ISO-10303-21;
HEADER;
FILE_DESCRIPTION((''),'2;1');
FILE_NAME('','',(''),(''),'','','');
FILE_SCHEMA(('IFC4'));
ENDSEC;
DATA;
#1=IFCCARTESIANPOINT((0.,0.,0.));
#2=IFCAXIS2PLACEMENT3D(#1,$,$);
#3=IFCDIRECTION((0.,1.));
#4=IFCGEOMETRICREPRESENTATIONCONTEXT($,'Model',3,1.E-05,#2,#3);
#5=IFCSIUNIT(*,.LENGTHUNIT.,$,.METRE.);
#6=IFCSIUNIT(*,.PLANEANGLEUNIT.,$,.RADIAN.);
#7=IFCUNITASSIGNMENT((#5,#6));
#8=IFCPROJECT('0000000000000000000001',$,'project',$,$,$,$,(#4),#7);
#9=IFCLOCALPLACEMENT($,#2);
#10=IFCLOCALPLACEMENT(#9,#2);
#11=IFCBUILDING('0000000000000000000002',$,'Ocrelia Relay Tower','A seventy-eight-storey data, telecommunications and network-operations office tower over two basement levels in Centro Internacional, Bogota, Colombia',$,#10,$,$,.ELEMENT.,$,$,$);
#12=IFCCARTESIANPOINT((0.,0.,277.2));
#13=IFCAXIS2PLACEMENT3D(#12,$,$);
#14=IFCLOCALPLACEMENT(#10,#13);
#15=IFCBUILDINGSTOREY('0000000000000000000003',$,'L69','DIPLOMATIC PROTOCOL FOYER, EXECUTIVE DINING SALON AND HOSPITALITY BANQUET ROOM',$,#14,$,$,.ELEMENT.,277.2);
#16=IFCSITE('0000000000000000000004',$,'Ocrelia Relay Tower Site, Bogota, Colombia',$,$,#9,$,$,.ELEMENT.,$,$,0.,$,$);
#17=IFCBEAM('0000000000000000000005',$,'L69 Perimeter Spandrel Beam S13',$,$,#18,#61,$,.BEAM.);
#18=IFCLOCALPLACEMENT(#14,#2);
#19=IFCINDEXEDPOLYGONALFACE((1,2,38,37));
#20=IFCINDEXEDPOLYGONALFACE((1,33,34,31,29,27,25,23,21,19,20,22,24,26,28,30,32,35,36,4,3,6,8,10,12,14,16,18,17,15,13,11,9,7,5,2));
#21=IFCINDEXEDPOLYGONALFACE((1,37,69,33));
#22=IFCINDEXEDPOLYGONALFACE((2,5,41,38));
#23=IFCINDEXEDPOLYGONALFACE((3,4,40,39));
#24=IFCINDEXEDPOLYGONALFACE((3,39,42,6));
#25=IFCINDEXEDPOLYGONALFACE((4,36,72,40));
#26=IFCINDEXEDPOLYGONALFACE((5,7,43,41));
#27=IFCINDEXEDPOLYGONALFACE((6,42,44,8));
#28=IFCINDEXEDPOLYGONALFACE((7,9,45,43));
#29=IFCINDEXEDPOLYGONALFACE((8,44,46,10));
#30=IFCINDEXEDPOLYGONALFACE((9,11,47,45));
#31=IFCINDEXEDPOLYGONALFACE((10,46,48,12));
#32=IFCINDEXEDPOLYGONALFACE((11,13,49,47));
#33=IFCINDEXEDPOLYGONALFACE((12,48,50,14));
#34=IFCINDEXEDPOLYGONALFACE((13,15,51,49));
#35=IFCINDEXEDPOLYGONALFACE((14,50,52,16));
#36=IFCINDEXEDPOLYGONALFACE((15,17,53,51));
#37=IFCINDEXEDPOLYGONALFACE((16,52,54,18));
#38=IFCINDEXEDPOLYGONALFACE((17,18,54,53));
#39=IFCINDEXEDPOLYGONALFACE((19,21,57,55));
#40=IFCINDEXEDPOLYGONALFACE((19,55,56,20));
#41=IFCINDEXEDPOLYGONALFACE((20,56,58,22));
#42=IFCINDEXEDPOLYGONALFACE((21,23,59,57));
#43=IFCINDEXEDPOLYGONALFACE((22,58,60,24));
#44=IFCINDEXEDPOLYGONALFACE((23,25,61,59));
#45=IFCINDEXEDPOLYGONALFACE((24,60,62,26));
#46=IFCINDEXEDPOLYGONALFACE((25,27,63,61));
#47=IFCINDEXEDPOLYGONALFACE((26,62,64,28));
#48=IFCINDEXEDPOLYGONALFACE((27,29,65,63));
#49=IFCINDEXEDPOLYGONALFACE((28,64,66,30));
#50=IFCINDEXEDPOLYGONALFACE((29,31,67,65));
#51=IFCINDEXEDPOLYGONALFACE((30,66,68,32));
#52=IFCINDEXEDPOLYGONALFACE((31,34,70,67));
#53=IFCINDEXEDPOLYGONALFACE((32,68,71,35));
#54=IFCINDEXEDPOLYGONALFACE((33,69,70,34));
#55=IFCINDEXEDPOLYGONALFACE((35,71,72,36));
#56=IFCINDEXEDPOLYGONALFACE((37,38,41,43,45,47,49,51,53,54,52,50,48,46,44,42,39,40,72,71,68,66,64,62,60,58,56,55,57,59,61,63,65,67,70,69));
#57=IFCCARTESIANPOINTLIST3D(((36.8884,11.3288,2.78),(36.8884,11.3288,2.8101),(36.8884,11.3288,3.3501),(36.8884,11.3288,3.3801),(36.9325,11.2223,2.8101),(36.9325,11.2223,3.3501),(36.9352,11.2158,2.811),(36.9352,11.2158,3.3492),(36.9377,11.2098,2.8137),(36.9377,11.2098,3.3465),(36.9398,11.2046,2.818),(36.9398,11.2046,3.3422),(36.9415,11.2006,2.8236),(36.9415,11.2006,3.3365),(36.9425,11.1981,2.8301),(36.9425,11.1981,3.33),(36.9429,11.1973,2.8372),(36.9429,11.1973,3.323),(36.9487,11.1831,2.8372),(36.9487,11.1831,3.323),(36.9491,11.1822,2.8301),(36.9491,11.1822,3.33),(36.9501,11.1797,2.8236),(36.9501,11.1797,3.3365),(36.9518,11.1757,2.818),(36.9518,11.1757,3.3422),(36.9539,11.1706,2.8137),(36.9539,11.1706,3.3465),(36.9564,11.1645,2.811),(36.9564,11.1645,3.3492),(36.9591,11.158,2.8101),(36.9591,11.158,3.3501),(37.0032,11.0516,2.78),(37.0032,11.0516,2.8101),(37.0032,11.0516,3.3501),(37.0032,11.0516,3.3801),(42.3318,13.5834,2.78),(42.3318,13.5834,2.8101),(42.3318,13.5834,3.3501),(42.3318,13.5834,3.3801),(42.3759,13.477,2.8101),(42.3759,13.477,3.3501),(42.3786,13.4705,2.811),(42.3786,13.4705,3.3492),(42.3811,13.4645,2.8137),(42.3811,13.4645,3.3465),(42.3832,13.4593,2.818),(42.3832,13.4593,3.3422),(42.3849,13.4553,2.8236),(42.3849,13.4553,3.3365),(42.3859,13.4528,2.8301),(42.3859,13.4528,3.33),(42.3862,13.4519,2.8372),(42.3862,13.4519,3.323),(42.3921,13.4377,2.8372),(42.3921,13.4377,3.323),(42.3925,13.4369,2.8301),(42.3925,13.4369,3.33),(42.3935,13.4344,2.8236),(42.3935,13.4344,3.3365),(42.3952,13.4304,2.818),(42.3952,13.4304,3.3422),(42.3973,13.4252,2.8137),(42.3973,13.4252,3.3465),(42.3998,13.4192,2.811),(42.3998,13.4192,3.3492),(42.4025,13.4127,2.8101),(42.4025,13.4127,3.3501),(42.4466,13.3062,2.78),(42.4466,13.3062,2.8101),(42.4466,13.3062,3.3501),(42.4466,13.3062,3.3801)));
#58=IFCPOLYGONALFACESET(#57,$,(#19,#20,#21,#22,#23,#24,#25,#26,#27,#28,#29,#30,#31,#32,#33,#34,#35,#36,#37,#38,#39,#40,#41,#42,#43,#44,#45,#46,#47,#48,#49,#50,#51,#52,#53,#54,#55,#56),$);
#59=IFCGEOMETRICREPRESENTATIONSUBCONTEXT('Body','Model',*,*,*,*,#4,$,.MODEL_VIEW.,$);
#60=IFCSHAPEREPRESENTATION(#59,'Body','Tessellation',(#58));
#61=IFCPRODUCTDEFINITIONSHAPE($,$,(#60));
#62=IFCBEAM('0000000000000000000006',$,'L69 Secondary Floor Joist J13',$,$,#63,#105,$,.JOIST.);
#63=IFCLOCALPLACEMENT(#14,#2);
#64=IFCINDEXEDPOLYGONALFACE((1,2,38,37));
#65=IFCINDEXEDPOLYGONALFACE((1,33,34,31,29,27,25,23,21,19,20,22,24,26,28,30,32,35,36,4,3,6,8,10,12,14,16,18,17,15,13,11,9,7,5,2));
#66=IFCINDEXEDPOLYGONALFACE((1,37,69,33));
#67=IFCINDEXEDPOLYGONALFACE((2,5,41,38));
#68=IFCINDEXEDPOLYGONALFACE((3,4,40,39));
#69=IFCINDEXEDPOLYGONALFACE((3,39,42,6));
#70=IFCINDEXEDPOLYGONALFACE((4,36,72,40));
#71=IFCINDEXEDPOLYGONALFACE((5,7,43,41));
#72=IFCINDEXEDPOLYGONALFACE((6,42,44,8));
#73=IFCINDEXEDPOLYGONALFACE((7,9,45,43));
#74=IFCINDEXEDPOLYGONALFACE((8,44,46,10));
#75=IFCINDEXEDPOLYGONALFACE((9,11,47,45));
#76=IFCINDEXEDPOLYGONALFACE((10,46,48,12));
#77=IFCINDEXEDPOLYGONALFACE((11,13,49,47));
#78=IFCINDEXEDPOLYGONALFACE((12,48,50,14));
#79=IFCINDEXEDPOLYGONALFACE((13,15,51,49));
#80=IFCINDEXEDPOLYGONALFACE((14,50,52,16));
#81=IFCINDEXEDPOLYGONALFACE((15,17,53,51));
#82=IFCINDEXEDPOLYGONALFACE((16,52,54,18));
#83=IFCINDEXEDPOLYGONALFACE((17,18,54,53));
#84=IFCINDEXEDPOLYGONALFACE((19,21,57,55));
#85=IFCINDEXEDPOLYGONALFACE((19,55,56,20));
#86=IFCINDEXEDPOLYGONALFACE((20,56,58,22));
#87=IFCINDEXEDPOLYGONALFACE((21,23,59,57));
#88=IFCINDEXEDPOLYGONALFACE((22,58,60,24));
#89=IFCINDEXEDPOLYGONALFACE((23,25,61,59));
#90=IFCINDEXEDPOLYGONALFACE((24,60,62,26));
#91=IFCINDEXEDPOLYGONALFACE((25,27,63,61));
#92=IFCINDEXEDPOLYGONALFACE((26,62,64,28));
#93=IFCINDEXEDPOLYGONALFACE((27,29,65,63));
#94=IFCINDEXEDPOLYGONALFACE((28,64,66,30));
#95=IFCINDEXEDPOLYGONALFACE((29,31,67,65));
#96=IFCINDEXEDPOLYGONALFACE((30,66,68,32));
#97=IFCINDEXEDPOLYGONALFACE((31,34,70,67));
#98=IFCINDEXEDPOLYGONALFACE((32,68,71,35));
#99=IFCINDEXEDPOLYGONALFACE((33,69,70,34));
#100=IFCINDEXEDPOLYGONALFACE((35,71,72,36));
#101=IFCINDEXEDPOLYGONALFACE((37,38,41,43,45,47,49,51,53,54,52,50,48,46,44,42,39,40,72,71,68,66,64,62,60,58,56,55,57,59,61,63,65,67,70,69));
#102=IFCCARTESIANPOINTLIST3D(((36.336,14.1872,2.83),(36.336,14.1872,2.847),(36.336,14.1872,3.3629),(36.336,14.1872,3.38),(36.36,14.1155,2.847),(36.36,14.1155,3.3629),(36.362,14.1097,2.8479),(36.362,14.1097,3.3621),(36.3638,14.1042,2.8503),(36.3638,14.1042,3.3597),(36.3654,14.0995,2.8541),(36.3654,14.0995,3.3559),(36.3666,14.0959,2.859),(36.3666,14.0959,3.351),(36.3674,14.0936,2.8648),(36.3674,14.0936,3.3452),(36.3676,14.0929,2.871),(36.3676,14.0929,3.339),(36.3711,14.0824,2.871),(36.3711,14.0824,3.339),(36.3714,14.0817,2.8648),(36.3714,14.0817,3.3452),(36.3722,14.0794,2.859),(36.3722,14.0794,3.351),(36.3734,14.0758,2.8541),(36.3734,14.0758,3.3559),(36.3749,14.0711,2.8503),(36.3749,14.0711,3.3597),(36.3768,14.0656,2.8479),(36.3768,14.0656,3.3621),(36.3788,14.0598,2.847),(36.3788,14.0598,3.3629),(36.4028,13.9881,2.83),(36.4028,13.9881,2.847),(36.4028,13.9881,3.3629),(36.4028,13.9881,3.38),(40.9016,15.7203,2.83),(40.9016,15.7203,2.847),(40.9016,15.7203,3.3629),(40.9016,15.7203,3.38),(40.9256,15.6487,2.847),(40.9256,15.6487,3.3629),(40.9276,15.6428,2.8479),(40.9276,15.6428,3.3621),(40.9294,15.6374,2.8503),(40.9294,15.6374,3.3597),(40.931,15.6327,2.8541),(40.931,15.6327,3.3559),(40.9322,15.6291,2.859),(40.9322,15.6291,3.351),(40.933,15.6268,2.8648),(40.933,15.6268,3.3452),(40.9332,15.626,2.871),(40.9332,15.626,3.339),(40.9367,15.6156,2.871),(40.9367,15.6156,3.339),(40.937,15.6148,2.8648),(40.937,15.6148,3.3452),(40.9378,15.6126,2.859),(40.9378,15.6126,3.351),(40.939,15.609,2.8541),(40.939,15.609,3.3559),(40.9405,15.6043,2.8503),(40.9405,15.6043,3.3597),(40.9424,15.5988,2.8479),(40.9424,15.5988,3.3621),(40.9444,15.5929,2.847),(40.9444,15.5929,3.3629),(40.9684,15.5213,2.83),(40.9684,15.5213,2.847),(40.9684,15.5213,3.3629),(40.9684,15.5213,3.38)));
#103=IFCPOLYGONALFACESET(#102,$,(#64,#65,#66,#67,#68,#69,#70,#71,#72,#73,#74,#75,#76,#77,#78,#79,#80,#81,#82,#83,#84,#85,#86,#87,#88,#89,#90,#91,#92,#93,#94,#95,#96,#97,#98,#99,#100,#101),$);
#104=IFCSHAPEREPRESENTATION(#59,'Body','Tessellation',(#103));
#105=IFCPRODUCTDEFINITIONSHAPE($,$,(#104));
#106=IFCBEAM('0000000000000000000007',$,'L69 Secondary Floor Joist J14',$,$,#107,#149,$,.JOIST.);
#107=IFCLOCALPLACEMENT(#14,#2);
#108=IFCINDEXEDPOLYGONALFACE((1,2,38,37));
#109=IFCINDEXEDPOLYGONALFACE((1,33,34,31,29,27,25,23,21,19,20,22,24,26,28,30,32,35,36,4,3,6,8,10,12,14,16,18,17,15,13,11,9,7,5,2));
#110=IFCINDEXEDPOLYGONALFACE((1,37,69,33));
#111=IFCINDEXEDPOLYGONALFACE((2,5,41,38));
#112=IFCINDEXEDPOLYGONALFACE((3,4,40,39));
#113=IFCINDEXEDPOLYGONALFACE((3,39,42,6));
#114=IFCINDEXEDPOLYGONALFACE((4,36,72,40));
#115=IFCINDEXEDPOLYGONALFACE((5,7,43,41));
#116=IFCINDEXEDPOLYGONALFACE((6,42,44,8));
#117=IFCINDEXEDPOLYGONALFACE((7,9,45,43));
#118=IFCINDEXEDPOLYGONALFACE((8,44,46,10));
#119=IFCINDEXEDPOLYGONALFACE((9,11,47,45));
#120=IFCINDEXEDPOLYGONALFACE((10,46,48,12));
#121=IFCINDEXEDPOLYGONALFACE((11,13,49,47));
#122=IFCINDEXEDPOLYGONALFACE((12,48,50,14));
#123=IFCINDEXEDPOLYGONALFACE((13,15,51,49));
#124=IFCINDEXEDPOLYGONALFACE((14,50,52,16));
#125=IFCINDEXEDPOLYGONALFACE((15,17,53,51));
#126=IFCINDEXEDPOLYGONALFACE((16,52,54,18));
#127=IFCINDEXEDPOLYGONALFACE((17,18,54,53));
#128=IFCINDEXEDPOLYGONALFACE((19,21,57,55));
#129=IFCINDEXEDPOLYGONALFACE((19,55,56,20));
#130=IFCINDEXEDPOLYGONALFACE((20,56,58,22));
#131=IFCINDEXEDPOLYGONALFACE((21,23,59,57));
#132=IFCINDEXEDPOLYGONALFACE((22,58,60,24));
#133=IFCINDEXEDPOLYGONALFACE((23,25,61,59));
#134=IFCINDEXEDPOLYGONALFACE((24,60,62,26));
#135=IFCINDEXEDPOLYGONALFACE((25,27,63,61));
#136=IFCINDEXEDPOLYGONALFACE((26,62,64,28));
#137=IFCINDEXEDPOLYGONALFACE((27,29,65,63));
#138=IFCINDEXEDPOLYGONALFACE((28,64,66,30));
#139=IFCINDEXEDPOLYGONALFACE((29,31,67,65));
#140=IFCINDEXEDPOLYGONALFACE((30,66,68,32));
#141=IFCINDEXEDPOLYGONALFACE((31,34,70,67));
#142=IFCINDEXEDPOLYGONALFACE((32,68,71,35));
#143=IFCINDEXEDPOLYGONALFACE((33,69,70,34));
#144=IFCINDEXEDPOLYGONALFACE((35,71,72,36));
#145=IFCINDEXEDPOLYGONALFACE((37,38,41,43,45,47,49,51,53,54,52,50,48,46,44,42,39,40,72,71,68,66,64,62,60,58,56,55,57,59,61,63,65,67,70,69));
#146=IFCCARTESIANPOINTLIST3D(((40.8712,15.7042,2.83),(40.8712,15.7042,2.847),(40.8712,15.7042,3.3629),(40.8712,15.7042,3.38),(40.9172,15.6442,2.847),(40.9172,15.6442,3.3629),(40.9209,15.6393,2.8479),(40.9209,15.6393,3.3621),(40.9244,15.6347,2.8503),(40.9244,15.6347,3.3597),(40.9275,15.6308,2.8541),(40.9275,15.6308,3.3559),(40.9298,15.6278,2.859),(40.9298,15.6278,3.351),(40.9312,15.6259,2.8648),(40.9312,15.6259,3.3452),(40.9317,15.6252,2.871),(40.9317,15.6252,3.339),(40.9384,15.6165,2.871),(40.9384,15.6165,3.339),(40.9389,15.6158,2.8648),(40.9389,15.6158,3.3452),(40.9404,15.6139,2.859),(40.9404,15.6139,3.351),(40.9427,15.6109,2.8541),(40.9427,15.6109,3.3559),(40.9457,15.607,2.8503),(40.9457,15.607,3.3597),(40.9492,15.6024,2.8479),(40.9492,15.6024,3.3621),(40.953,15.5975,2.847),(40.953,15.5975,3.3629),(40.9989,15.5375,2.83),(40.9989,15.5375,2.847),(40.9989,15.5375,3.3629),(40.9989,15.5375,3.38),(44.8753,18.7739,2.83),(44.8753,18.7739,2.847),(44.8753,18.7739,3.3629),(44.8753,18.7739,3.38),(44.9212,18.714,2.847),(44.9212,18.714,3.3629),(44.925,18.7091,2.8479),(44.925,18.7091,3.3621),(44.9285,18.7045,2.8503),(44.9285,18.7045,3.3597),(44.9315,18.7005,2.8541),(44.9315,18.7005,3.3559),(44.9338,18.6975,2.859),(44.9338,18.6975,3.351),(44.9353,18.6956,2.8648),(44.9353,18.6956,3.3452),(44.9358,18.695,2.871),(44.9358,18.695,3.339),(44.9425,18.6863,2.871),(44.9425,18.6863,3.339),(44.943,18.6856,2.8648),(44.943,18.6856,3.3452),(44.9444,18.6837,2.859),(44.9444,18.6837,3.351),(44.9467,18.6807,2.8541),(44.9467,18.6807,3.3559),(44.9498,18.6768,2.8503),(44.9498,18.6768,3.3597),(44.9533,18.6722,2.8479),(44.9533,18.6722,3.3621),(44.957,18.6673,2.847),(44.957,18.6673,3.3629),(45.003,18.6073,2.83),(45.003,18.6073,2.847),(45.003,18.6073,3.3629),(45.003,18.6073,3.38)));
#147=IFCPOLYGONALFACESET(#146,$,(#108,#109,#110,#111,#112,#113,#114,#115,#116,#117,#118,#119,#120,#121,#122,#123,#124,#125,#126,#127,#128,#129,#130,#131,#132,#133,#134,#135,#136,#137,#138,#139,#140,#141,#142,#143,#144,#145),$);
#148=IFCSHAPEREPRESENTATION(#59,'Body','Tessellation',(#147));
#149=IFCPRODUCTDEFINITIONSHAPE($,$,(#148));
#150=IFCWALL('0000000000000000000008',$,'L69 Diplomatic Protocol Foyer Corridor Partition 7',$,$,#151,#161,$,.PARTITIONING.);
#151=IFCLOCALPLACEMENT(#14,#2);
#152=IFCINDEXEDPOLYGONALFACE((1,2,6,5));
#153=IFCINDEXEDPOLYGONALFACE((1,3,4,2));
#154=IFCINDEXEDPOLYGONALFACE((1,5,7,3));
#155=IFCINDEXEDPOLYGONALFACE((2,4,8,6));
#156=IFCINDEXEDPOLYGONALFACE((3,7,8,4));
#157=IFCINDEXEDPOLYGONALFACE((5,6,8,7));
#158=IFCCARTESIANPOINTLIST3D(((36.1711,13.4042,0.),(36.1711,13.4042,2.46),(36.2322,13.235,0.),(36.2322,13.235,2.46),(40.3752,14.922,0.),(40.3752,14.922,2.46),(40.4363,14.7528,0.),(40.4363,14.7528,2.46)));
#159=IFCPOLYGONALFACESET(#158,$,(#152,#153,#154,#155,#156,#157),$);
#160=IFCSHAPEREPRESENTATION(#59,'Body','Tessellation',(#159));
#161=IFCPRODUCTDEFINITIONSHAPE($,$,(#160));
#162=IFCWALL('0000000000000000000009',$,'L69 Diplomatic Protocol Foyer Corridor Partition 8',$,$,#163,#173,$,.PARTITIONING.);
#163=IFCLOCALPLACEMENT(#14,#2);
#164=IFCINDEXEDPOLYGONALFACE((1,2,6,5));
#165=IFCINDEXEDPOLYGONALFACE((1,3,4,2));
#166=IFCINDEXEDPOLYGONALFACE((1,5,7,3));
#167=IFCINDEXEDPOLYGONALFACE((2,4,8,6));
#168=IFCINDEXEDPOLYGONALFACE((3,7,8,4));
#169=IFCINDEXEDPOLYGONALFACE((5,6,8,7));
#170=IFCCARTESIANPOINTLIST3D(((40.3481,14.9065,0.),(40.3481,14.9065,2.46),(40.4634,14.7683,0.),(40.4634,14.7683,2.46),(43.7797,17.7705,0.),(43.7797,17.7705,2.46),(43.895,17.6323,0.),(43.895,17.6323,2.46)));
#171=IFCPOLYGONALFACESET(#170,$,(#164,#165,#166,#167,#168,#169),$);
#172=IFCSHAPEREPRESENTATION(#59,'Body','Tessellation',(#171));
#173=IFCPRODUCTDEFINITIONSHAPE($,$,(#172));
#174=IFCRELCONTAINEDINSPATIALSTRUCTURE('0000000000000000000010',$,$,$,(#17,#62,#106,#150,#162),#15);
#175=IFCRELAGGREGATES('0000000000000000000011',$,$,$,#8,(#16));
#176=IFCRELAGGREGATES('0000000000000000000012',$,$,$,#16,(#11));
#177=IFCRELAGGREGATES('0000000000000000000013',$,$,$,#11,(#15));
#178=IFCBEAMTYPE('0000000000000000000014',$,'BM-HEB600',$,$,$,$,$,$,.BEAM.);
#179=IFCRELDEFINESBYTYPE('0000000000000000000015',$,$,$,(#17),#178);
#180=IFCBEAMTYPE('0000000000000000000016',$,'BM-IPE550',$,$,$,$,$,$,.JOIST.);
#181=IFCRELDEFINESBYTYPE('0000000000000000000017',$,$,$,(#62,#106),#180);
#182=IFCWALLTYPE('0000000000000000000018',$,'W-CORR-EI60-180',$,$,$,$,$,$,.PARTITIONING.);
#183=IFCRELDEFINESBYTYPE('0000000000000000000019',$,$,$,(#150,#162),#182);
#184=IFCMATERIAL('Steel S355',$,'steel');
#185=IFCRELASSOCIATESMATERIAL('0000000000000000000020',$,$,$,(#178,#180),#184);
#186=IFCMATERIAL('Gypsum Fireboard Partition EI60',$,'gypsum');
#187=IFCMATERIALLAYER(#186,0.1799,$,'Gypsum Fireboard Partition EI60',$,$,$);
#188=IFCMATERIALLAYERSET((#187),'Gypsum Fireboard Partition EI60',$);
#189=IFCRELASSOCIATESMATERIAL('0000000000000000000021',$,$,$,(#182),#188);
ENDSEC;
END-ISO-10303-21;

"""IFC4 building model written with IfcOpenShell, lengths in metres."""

from ifc_helpers import new_model, si_unit, direction, frame, frame_2d, origin, origin_2d, place, context, subcontext, project, spatial, rectangle, i_section, extrude, material, layer, layer_set, material_profile, profile_set, type_object, element, save


model = new_model("IFC4")

# Units and contexts
model_context = context("Model", 3, precision=1e-05, world=origin(), true_north=direction((0.0, 1.0)))
body_context = subcontext(model_context, "Body", "Model", "MODEL_VIEW")
ifc_project = project(units=[si_unit("LENGTHUNIT", "METRE"), si_unit("PLANEANGLEUNIT", "RADIAN")], contexts=[model_context])

# Site, building, storey
site_placement = place(None, origin())
site = spatial("IfcSite", under=ifc_project, at=site_placement, Name="Ocrelia Relay Tower Site, Bogota, Colombia", CompositionType="ELEMENT", RefElevation=0.0)
building_placement = place(site_placement, origin())
building = spatial("IfcBuilding", under=site, at=building_placement, Name="Ocrelia Relay Tower", Description="A seventy-eight-storey data, telecommunications and network-operations office tower over two basement levels in Centro Internacional, Bogota, Colombia", CompositionType="ELEMENT")
storey_placement = place(building_placement, frame((0.0, 0.0, 277.2)))
storey = spatial("IfcBuildingStorey", under=building, at=storey_placement, Name="L69", Description="DIPLOMATIC PROTOCOL FOYER, EXECUTIVE DINING SALON AND HOSPITALITY BANQUET ROOM", CompositionType="ELEMENT", Elevation=277.2)

# Beams
ifc_material_1 = material(Name="Steel S355", Category="steel")
ifc_material_profile_1 = material_profile(ifc_material_1, i_section(OverallWidth=0.3, OverallDepth=0.6001, WebThickness=0.0154, FlangeThickness=0.03, FilletRadius=0.0271, at=origin_2d()), Name="HEB 600")
ifc_profile_set_1 = profile_set([ifc_material_profile_1], Name="Steel S355")
beam_type_1 = type_object("IfcBeamType", Name="BM-HEB600", PredefinedType="BEAM", material=ifc_profile_set_1)
beam_1_placement = place(storey_placement, frame((36.9458, 11.1902, 3.0801), z_axis=(0.923884, 0.382673, 0.0), x_axis=(-0.382673, 0.923884, 0.0)))
element("IfcBeam", 1, at=beam_1_placement, inside=storey, type_object=beam_type_1, Name="L69 Perimeter Spandrel Beam S13", PredefinedType="BEAM", context=body_context, shape_type="SweptSolid", body=[
    extrude(i_section(OverallWidth=0.3, OverallDepth=0.6001, WebThickness=0.0154, FlangeThickness=0.03, FilletRadius=0.0271, at=origin_2d()), origin(), (0.0, 0.0, 1.0), 5.8918),
])
ifc_material_profile_2 = material_profile(ifc_material_1, i_section(OverallWidth=0.21, OverallDepth=0.55, WebThickness=0.011, FlangeThickness=0.0171, FilletRadius=0.0239, at=origin_2d()), Name="IPE 550")
ifc_profile_set_2 = profile_set([ifc_material_profile_2], Name="Steel S355")
beam_type_2 = type_object("IfcBeamType", Name="BM-IPE550", PredefinedType="JOIST", material=ifc_profile_set_2)
beam_2_placement = place(storey_placement, frame((36.3694, 14.0876, 3.105), z_axis=(0.947976, 0.318341, 0.0), x_axis=(-0.318341, 0.947976, 0.0)))
element("IfcBeam", 2, at=beam_2_placement, inside=storey, type_object=beam_type_2, Name="L69 Secondary Floor Joist J13", PredefinedType="JOIST", context=body_context, shape_type="SweptSolid", body=[
    extrude(i_section(OverallWidth=0.21, OverallDepth=0.55, WebThickness=0.011, FlangeThickness=0.0171, FilletRadius=0.0239, at=origin_2d()), origin(), (0.0, 0.0, 1.0), 4.8162),
])
beam_3_placement = place(storey_placement, frame((40.9351, 15.6208, 3.105), z_axis=(0.793609, 0.608428, 0.0), x_axis=(-0.608428, 0.793609, 0.0)))
element("IfcBeam", 3, at=beam_3_placement, inside=storey, type_object=beam_type_2, Name="L69 Secondary Floor Joist J14", PredefinedType="JOIST", context=body_context, shape_type="SweptSolid", body=[
    extrude(i_section(OverallWidth=0.21, OverallDepth=0.55, WebThickness=0.011, FlangeThickness=0.0171, FilletRadius=0.0239, at=origin_2d()), origin(), (0.0, 0.0, 1.0), 5.0454),
])

# Walls
ifc_material_2 = material(Name="Gypsum Fireboard Partition EI60", Category="gypsum")
ifc_layer_1 = layer(ifc_material_2, 0.1799, Name="Gypsum Fireboard Partition EI60")
ifc_layer_set_1 = layer_set([ifc_layer_1], Name="Gypsum Fireboard Partition EI60")
wall_type_1 = type_object("IfcWallType", Name="W-CORR-EI60-180", PredefinedType="PARTITIONING", material=ifc_layer_set_1)
for number, where, z_axis, x_axis, name in (
    (4, (36.2017, 13.3196, 0.0), (0.0, 0.0, 1.0), (0.940577, 0.33958, 0.0), "L69 Diplomatic Protocol Foyer Corridor Partition 7"),
    (5, (40.4058, 14.8374, 0.0), (0.0, 0.0, 1.0), (0.767746, 0.640754, 0.0), "L69 Diplomatic Protocol Foyer Corridor Partition 8"),
):
    element("IfcWall", number, at=place(storey_placement, frame(where, z_axis=z_axis, x_axis=x_axis)), inside=storey, type_object=wall_type_1, Name=name, PredefinedType="PARTITIONING", context=body_context, shape_type="SweptSolid", body=[
        extrude(rectangle(XDim=4.4697, YDim=0.1799, at=frame_2d((2.2349, 0.0))), origin(), (0.0, 0.0, 1.0), 2.46),
    ])

save(model, "model.ifc")
